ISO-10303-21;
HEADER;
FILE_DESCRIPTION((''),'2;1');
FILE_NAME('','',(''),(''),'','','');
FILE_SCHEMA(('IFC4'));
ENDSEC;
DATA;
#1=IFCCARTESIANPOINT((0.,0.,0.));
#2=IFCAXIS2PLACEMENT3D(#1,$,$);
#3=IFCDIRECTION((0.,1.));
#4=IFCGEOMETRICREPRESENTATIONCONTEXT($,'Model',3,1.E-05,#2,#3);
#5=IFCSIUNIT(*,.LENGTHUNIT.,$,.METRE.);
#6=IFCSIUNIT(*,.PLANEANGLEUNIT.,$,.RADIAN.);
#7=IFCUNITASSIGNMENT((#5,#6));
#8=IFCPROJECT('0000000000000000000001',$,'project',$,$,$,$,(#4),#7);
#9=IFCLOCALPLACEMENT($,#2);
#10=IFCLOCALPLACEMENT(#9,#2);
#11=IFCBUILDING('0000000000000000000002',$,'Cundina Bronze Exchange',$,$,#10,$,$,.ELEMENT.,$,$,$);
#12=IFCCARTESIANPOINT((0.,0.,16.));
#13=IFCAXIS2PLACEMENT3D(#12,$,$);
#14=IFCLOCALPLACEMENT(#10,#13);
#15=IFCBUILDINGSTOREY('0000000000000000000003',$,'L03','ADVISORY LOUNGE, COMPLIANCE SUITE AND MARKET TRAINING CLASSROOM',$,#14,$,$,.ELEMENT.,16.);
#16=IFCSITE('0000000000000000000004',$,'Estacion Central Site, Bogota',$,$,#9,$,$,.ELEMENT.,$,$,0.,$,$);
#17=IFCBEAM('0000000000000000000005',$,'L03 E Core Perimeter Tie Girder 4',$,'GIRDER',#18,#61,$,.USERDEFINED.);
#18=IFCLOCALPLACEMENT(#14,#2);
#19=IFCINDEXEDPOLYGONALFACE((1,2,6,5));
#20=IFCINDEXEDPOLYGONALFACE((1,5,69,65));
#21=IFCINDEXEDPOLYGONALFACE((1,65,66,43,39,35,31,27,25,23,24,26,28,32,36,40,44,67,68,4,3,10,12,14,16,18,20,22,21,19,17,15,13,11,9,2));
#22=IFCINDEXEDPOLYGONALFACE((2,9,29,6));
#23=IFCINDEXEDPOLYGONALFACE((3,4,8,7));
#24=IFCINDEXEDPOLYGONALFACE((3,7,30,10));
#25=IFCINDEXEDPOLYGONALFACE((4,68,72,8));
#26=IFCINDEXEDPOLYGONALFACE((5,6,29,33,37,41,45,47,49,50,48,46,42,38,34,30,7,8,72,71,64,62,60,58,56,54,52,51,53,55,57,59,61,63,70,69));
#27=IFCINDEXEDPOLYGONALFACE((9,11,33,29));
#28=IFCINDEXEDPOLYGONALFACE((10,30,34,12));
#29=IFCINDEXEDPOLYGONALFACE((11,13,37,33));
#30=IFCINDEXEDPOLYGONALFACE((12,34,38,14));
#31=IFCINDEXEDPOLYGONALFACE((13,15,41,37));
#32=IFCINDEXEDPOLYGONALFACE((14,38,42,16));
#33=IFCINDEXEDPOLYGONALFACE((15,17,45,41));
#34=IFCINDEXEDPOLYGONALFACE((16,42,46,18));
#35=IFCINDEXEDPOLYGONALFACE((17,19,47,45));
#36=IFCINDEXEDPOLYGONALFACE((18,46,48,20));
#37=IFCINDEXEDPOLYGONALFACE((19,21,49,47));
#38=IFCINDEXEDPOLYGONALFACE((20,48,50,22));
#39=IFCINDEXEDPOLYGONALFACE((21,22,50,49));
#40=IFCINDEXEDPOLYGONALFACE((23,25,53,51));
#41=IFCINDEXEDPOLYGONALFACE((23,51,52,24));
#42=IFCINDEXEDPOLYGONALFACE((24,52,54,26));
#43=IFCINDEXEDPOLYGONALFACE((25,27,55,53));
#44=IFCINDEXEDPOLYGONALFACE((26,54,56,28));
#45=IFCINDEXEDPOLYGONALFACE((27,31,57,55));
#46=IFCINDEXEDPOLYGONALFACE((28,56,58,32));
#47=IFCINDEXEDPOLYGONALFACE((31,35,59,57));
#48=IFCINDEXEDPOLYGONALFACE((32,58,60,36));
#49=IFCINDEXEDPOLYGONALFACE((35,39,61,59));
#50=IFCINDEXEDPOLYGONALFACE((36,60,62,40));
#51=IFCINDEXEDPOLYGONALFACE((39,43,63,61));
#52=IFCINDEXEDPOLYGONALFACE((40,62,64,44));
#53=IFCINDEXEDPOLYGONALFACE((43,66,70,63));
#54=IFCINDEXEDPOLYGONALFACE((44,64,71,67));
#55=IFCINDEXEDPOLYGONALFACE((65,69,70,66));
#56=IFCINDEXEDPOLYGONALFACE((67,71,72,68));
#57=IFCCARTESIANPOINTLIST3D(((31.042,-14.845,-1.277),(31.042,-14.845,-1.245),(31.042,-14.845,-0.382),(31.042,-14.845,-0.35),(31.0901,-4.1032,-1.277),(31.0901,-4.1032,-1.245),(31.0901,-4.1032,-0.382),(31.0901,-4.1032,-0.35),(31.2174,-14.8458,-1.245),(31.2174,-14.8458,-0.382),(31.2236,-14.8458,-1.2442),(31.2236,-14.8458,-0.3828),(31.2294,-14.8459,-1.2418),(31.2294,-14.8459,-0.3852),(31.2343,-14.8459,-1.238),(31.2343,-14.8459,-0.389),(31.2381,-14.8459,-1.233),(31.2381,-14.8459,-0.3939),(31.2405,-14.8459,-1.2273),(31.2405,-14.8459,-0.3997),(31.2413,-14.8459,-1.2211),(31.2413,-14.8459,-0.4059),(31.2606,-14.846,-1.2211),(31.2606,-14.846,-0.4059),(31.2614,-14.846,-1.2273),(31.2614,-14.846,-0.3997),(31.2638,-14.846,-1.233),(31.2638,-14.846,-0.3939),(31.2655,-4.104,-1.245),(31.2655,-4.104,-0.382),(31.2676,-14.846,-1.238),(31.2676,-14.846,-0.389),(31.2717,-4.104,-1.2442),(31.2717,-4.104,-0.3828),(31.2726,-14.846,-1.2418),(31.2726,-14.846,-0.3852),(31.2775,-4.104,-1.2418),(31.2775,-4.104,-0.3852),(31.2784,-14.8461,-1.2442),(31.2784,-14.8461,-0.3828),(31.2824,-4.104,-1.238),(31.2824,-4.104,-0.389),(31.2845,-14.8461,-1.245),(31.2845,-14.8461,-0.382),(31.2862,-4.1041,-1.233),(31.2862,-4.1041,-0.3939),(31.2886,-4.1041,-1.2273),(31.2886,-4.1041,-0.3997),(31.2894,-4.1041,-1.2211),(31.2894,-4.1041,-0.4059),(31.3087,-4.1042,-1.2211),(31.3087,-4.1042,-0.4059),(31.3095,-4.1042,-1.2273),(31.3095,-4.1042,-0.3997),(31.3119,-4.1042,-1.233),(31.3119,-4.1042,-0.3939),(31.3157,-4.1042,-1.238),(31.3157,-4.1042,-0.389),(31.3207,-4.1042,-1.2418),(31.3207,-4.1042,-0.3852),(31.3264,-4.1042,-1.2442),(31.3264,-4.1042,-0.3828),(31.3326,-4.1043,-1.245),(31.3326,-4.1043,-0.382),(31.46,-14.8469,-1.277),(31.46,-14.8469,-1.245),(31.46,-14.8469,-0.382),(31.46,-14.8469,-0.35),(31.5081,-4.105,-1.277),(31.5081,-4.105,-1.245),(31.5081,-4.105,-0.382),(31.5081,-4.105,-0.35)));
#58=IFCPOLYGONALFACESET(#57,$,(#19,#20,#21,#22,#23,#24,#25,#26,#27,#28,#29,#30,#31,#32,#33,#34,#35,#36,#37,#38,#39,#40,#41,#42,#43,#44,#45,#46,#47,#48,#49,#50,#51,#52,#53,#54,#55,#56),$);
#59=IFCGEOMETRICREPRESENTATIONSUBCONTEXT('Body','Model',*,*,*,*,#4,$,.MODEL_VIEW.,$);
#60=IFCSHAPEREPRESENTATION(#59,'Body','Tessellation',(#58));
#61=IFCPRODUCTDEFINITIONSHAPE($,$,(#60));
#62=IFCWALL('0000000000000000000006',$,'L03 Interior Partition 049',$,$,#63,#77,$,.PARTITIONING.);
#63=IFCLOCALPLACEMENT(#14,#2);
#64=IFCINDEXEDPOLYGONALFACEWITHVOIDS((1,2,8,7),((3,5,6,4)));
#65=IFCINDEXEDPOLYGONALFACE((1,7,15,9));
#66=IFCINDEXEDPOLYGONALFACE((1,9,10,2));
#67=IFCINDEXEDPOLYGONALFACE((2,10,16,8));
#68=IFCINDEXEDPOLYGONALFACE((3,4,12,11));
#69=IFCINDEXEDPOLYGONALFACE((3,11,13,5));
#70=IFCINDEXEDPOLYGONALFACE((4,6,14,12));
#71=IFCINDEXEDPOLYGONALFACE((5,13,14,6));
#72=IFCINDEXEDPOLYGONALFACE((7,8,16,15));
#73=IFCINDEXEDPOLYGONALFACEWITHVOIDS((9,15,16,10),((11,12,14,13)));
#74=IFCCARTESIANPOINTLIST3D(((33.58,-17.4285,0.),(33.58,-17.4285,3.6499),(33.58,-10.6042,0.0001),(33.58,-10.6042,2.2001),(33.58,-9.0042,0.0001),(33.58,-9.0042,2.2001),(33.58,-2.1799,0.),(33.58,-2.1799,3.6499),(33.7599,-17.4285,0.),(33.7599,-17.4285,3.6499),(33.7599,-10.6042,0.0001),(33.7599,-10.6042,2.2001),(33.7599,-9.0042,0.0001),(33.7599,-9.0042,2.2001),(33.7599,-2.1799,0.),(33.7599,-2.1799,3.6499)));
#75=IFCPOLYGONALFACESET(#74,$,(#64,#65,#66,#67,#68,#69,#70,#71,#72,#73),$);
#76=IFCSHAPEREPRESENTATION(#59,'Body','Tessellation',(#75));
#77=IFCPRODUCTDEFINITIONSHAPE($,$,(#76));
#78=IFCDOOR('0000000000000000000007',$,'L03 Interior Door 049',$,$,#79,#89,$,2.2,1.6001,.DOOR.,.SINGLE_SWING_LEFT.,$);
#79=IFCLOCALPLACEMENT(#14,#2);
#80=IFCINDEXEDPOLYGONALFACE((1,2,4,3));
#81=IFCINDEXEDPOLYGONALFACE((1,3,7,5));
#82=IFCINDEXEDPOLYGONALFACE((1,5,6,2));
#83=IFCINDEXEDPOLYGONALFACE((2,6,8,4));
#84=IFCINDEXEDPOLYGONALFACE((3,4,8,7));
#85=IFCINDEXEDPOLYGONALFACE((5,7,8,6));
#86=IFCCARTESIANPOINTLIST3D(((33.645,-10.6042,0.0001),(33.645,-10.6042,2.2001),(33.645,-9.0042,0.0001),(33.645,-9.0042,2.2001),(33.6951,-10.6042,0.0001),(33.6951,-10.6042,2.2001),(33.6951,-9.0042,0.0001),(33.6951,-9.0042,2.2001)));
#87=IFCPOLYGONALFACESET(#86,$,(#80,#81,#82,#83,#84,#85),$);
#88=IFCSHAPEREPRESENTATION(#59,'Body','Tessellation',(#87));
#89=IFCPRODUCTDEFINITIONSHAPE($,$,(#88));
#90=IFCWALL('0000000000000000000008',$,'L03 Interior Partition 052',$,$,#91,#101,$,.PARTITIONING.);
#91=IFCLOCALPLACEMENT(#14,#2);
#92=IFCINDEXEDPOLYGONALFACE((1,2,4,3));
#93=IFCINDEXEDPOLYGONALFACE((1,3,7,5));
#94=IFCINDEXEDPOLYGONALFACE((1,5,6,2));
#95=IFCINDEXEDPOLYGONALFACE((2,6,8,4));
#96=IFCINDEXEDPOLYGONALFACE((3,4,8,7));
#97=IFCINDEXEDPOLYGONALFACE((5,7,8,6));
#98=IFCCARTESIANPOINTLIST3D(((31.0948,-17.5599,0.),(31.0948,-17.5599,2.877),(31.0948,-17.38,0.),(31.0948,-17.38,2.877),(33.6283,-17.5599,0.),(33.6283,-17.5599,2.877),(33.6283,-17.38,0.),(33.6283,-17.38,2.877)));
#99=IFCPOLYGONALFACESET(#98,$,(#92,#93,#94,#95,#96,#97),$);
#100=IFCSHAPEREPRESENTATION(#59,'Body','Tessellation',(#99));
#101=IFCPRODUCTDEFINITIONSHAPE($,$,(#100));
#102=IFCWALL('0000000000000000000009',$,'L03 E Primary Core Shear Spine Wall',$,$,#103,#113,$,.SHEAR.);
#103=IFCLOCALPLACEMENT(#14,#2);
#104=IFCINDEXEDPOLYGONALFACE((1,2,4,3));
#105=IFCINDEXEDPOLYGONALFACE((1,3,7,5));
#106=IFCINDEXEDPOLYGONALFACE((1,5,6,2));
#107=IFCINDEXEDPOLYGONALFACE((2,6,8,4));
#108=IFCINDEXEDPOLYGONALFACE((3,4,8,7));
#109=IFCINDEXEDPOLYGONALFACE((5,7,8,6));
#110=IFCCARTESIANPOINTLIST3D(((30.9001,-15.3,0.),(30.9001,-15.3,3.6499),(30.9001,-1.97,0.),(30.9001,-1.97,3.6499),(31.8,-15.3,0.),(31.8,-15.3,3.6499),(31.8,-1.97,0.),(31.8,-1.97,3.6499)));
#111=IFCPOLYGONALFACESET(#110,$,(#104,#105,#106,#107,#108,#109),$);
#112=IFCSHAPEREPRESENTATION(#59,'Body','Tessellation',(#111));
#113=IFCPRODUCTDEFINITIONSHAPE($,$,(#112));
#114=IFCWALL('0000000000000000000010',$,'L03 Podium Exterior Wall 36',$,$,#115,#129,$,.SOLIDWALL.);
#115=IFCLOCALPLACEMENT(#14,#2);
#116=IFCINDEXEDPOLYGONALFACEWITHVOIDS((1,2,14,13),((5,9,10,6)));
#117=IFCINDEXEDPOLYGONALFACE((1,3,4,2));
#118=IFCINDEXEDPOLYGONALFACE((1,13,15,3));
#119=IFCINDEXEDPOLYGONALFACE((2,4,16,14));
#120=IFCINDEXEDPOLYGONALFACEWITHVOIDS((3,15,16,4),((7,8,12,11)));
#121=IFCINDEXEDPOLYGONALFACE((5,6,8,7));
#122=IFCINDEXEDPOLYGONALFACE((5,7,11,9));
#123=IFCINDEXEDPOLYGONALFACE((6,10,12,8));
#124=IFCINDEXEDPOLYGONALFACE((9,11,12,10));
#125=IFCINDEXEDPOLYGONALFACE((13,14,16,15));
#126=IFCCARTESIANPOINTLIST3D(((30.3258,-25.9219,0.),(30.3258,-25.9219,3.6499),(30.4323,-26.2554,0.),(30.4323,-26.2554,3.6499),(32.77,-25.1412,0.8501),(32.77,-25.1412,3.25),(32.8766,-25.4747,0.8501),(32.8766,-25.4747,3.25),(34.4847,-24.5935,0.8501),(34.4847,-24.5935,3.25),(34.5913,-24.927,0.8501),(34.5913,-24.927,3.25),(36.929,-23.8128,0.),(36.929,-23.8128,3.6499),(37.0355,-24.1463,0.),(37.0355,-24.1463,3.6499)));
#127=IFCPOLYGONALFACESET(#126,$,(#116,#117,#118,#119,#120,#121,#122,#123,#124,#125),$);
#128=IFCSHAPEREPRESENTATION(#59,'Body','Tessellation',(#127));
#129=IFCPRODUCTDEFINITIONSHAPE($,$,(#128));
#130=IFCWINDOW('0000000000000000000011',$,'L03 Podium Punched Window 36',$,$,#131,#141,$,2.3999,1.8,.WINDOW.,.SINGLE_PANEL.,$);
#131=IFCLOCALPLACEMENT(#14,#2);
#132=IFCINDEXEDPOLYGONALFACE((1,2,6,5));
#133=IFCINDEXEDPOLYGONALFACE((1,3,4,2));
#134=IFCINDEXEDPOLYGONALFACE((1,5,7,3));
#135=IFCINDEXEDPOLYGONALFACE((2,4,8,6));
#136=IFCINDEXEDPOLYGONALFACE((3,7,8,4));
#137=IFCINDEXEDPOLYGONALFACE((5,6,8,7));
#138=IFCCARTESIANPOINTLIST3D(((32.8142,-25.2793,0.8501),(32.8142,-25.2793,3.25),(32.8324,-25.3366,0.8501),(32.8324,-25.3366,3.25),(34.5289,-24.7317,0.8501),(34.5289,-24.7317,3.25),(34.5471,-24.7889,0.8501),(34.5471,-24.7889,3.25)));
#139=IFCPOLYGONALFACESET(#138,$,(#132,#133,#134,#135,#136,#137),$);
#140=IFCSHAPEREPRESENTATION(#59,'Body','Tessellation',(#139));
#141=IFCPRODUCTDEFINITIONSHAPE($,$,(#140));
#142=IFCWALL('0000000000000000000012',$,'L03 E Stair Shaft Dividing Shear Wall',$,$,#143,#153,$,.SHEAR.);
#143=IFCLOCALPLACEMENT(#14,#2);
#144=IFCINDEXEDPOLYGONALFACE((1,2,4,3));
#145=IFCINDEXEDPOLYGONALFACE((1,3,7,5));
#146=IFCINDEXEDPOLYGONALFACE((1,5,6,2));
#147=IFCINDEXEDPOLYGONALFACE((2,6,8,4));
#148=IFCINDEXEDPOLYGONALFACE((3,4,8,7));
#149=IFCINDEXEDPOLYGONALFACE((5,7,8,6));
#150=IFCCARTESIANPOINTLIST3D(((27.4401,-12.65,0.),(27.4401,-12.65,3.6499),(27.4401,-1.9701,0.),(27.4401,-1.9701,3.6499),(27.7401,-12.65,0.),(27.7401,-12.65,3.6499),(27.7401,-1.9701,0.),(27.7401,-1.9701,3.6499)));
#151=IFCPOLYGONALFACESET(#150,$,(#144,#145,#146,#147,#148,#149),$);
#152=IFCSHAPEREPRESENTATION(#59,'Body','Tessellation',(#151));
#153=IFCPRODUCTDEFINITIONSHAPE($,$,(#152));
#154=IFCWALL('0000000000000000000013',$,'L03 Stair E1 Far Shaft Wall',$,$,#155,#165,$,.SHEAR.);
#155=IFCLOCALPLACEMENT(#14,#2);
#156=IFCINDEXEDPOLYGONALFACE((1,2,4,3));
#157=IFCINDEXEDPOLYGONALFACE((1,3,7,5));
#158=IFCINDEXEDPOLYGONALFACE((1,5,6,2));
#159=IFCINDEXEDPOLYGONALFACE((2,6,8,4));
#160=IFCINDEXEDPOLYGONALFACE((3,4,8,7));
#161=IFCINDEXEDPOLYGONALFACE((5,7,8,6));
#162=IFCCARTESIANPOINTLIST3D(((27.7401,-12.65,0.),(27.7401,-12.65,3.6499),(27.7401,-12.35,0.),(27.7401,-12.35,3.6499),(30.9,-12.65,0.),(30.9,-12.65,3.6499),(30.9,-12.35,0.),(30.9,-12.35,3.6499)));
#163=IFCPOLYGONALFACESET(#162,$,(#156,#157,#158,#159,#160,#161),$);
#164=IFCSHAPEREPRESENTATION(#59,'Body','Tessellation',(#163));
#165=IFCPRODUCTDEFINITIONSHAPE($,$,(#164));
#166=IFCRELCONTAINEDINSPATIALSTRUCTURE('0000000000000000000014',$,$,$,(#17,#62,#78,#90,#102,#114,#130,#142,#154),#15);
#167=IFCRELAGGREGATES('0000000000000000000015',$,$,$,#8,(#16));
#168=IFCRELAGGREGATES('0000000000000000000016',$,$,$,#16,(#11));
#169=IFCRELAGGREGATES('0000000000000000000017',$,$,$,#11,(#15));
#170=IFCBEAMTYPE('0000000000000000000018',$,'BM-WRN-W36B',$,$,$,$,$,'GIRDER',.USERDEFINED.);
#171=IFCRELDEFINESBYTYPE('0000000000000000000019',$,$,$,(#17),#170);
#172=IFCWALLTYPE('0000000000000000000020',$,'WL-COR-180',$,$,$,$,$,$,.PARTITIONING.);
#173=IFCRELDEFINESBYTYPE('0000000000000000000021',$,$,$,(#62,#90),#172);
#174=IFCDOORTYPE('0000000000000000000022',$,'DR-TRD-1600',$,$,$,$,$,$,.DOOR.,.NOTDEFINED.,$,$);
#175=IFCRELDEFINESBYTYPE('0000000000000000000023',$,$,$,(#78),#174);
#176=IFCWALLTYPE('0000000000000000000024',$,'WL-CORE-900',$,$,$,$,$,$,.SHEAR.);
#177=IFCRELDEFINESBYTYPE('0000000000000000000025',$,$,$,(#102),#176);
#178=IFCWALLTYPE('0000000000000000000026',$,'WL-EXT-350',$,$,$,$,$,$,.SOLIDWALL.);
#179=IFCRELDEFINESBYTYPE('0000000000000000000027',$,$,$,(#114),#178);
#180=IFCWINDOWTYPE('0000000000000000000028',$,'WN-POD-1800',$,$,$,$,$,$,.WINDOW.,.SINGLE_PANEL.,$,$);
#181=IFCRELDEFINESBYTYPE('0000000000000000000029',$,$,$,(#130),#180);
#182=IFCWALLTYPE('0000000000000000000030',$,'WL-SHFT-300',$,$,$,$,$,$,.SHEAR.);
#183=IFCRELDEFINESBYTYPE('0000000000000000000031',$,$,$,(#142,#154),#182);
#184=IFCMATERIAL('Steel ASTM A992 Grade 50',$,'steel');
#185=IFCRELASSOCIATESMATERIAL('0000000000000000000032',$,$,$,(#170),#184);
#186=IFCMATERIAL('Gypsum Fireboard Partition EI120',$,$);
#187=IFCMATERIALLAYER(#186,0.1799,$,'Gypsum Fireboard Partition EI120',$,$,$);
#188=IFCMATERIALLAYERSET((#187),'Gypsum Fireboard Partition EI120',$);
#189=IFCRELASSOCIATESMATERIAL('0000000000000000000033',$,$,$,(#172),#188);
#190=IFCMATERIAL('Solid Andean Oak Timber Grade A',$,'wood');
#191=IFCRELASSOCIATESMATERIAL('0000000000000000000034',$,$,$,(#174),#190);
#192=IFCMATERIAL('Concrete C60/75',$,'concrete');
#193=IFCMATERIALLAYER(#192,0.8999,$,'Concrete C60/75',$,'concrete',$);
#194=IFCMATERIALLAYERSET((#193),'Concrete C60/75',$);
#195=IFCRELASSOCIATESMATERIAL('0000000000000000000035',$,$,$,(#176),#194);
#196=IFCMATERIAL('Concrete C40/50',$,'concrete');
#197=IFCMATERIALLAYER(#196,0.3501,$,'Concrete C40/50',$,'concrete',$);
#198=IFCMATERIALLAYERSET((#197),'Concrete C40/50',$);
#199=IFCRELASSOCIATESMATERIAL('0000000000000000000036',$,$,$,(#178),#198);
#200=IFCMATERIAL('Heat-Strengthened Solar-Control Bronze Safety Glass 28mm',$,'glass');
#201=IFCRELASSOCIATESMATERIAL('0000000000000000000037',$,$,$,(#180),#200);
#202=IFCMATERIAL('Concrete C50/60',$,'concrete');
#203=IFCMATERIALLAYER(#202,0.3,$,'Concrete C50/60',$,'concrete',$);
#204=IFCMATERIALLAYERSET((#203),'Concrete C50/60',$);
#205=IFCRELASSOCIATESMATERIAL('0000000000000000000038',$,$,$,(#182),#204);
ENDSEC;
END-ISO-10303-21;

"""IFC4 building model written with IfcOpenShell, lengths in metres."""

from ifc_helpers import new_model, si_unit, direction, frame, frame_2d, origin, origin_2d, place, context, subcontext, project, spatial, rectangle, i_section, extrude, material, layer, layer_set, material_profile, profile_set, type_object, element, fill, save


model = new_model("IFC4")

# Units and contexts
model_context = context("Model", 3, precision=1e-05, world=origin(), true_north=direction((0.0, 1.0)))
body_context = subcontext(model_context, "Body", "Model", "MODEL_VIEW")
ifc_project = project(units=[si_unit("LENGTHUNIT", "METRE"), si_unit("PLANEANGLEUNIT", "RADIAN")], contexts=[model_context])

# Site, building, storey
site_placement = place(None, origin())
site = spatial("IfcSite", under=ifc_project, at=site_placement, Name="Estacion Central Site, Bogota", CompositionType="ELEMENT", RefElevation=0.0)
building_placement = place(site_placement, origin())
building = spatial("IfcBuilding", under=site, at=building_placement, Name="Cundina Bronze Exchange", CompositionType="ELEMENT")
storey_placement = place(building_placement, frame((0.0, 0.0, 16.0)))
storey = spatial("IfcBuildingStorey", under=building, at=storey_placement, Name="L03", Description="ADVISORY LOUNGE, COMPLIANCE SUITE AND MARKET TRAINING CLASSROOM", CompositionType="ELEMENT", Elevation=16.0)

# Shared definitions
ifc_material_1 = material(Name="Steel ASTM A992 Grade 50", Category="steel")

# Beam
ifc_material_2 = material(Name="Concrete C60/75", Category="concrete")
ifc_material_profile_1 = material_profile(ifc_material_1, i_section(OverallWidth=0.418, OverallDepth=0.927, WebThickness=0.0193, FlangeThickness=0.032, FilletRadius=0.0239, at=origin_2d()), Name="W36X231", Category="steel")
ifc_profile_set_1 = profile_set([ifc_material_profile_1], Name="Steel ASTM A992 Grade 50")
beam_type_1 = type_object("IfcBeamType", Name="BM-WRN-W36B", ElementType="GIRDER", PredefinedType="USERDEFINED", material=ifc_profile_set_1)
beam_1_placement = place(storey_placement, frame((31.251, -14.8459, -0.8135), z_axis=(0.004477, 0.99999, 0.0), x_axis=(-0.99999, 0.004477, 0.0)))
element("IfcBeam", 1, at=beam_1_placement, inside=storey, type_object=beam_type_1, Name="L03 E Core Perimeter Tie Girder 4", ObjectType="GIRDER", PredefinedType="USERDEFINED", context=body_context, shape_type="SweptSolid", body=[
    extrude(i_section(OverallWidth=0.418, OverallDepth=0.927, WebThickness=0.0193, FlangeThickness=0.032, FilletRadius=0.0239, at=origin_2d()), origin(), (0.0, 0.0, 1.0), 10.7419),
])

# Wall, opening, door
ifc_material_3 = material(Name="Gypsum Fireboard Partition EI120")
ifc_layer_1 = layer(ifc_material_3, 0.1799, Name="Gypsum Fireboard Partition EI120")
ifc_layer_set_1 = layer_set([ifc_layer_1], Name="Gypsum Fireboard Partition EI120")
wall_type_1 = type_object("IfcWallType", Name="WL-COR-180", PredefinedType="PARTITIONING", material=ifc_layer_set_1)
wall_1_placement = place(storey_placement, frame((33.6699, -17.4285, 0.0), z_axis=(0.0, 0.0, 1.0), x_axis=(0.0, 1.0, 0.0)))
wall_1 = element("IfcWall", 2, at=wall_1_placement, inside=storey, type_object=wall_type_1, Name="L03 Interior Partition 049", PredefinedType="PARTITIONING", context=body_context, shape_type="SweptSolid", body=[
    extrude(rectangle(XDim=15.2485, YDim=0.1799, at=frame_2d((7.6243, 0.0))), origin(), (0.0, 0.0, 1.0), 3.6499),
])
opening_1_placement = place(wall_1_placement, frame((6.8242, 0.0, 0.0)))
opening_1 = element("IfcOpeningElement", 3, at=opening_1_placement, cuts=wall_1, PredefinedType="OPENING", context=body_context, shape_type="SweptSolid", body=[
    extrude(rectangle(XDim=1.6001, YDim=2.2, at=frame_2d((0.8, 1.1001))), frame((0.0, 0.0999, 0.0), z_axis=(0.0, -1.0, 0.0), x_axis=(1.0, 0.0, 0.0)), (0.0, 0.0, 1.0), 0.2),
])
ifc_material_4 = material(Name="Solid Andean Oak Timber Grade A", Category="wood")
door_type_1 = type_object("IfcDoorType", Name="DR-TRD-1600", OperationType="NOTDEFINED", PredefinedType="DOOR", material=ifc_material_4)
door_1_placement = place(opening_1_placement, origin())
door_1 = element("IfcDoor", 4, at=door_1_placement, inside=storey, type_object=door_type_1, Name="L03 Interior Door 049", OperationType="SINGLE_SWING_LEFT", OverallHeight=2.2, OverallWidth=1.6001, PredefinedType="DOOR", context=body_context, shape_type="SweptSolid", body=[
    extrude(rectangle(XDim=1.6001, YDim=2.2, at=frame_2d((0.8, 1.1001))), frame((0.0, 0.0249, 0.0), z_axis=(0.0, -1.0, 0.0), x_axis=(1.0, 0.0, 0.0)), (0.0, 0.0, 1.0), 0.05),
])
fill(opening_1, door_1)

# Walls
wall_2_placement = place(storey_placement, frame((31.095, -17.47, 0.0), z_axis=(0.0, 0.0, 1.0), x_axis=(1.0, 0.0, 0.0)))
element("IfcWall", 5, at=wall_2_placement, inside=storey, type_object=wall_type_1, Name="L03 Interior Partition 052", PredefinedType="PARTITIONING", context=body_context, shape_type="SweptSolid", body=[
    extrude(rectangle(XDim=2.5334, YDim=0.1799, at=frame_2d((1.2666, 0.0))), origin(), (0.0, 0.0, 1.0), 2.877),
])
ifc_layer_2 = layer(ifc_material_2, 0.8999, Name="Concrete C60/75", Category="concrete")
ifc_layer_set_2 = layer_set([ifc_layer_2], Name="Concrete C60/75")
wall_type_2 = type_object("IfcWallType", Name="WL-CORE-900", PredefinedType="SHEAR", material=ifc_layer_set_2)
wall_3_placement = place(storey_placement, frame((31.3501, -15.3, 0.0), z_axis=(0.0, 0.0, 1.0), x_axis=(0.0, 1.0, 0.0)))
element("IfcWall", 6, at=wall_3_placement, inside=storey, type_object=wall_type_2, Name="L03 E Primary Core Shear Spine Wall", PredefinedType="SHEAR", context=body_context, shape_type="SweptSolid", body=[
    extrude(rectangle(XDim=13.3301, YDim=0.8999, at=frame_2d((6.665, 0.0))), origin(), (0.0, 0.0, 1.0), 3.6499),
])

# Wall, opening, window
ifc_material_5 = material(Name="Concrete C40/50", Category="concrete")
ifc_layer_3 = layer(ifc_material_5, 0.3501, Name="Concrete C40/50", Category="concrete")
ifc_layer_set_3 = layer_set([ifc_layer_3], Name="Concrete C40/50")
wall_type_3 = type_object("IfcWallType", Name="WL-EXT-350", PredefinedType="SOLIDWALL", material=ifc_layer_set_3)
wall_4_placement = place(storey_placement, frame((30.3792, -26.0886, 0.0), z_axis=(0.0, 0.0, 1.0), x_axis=(0.952588, 0.304263, 0.0)))
wall_4 = element("IfcWall", 7, at=wall_4_placement, inside=storey, type_object=wall_type_3, Name="L03 Podium Exterior Wall 36", PredefinedType="SOLIDWALL", context=body_context, shape_type="SweptSolid", body=[
    extrude(rectangle(XDim=6.9319, YDim=0.3501, at=frame_2d((3.4658, 0.0))), origin(), (0.0, 0.0, 1.0), 3.6499),
])
opening_2_placement = place(wall_4_placement, frame((2.5659, 0.0, 0.8501)))
opening_2 = element("IfcOpeningElement", 8, at=opening_2_placement, cuts=wall_4, PredefinedType="OPENING", context=body_context, shape_type="SweptSolid", body=[
    extrude(rectangle(XDim=1.8, YDim=2.3999, at=frame_2d((0.8999, 1.2))), frame((0.0, 0.1851, 0.0), z_axis=(0.0, -1.0, 0.0), x_axis=(1.0, 0.0, 0.0)), (0.0, 0.0, 1.0), 0.3701),
])
ifc_material_6 = material(Name="Heat-Strengthened Solar-Control Bronze Safety Glass 28mm", Category="glass")
window_type_1 = type_object("IfcWindowType", Name="WN-POD-1800", PartitioningType="SINGLE_PANEL", PredefinedType="WINDOW", material=ifc_material_6)
window_1_placement = place(opening_2_placement, origin())
window_1 = element("IfcWindow", 9, at=window_1_placement, inside=storey, type_object=window_type_1, Name="L03 Podium Punched Window 36", OverallHeight=2.3999, OverallWidth=1.8, PartitioningType="SINGLE_PANEL", PredefinedType="WINDOW", context=body_context, shape_type="SweptSolid", body=[
    extrude(rectangle(XDim=1.8, YDim=2.3999, at=frame_2d((0.8999, 1.2))), frame((0.0, 0.03, 0.0), z_axis=(0.0, -1.0, 0.0), x_axis=(1.0, 0.0, 0.0)), (0.0, 0.0, 1.0), 0.0601),
])
fill(opening_2, window_1)

# Wall
ifc_material_7 = material(Name="Concrete C50/60", Category="concrete")
ifc_layer_4 = layer(ifc_material_7, 0.3, Name="Concrete C50/60", Category="concrete")
ifc_layer_set_4 = layer_set([ifc_layer_4], Name="Concrete C50/60")
wall_type_4 = type_object("IfcWallType", Name="WL-SHFT-300", PredefinedType="SHEAR", material=ifc_layer_set_4)
wall_5_placement = place(storey_placement, frame((27.5901, -12.6499, 0.0), z_axis=(0.0, 0.0, 1.0), x_axis=(0.0, 1.0, 0.0)))
element("IfcWall", 10, at=wall_5_placement, inside=storey, type_object=wall_type_4, Name="L03 E Stair Shaft Dividing Shear Wall", PredefinedType="SHEAR", context=body_context, shape_type="SweptSolid", body=[
    extrude(rectangle(XDim=10.6799, YDim=0.3, at=frame_2d((5.3398, 0.0))), origin(), (0.0, 0.0, 1.0), 3.6499),
])

# Wall
wall_6_placement = place(storey_placement, frame((27.74, -12.5, 0.0), z_axis=(0.0, 0.0, 1.0), x_axis=(1.0, 0.0, 0.0)))
element("IfcWall", 11, at=wall_6_placement, inside=storey, type_object=wall_type_4, Name="L03 Stair E1 Far Shaft Wall", PredefinedType="SHEAR", context=body_context, shape_type="SweptSolid", body=[
    extrude(rectangle(XDim=3.1599, YDim=0.3, at=frame_2d((1.5801, 0.0))), origin(), (0.0, 0.0, 1.0), 3.6499),
])

save(model, "model.ifc")
